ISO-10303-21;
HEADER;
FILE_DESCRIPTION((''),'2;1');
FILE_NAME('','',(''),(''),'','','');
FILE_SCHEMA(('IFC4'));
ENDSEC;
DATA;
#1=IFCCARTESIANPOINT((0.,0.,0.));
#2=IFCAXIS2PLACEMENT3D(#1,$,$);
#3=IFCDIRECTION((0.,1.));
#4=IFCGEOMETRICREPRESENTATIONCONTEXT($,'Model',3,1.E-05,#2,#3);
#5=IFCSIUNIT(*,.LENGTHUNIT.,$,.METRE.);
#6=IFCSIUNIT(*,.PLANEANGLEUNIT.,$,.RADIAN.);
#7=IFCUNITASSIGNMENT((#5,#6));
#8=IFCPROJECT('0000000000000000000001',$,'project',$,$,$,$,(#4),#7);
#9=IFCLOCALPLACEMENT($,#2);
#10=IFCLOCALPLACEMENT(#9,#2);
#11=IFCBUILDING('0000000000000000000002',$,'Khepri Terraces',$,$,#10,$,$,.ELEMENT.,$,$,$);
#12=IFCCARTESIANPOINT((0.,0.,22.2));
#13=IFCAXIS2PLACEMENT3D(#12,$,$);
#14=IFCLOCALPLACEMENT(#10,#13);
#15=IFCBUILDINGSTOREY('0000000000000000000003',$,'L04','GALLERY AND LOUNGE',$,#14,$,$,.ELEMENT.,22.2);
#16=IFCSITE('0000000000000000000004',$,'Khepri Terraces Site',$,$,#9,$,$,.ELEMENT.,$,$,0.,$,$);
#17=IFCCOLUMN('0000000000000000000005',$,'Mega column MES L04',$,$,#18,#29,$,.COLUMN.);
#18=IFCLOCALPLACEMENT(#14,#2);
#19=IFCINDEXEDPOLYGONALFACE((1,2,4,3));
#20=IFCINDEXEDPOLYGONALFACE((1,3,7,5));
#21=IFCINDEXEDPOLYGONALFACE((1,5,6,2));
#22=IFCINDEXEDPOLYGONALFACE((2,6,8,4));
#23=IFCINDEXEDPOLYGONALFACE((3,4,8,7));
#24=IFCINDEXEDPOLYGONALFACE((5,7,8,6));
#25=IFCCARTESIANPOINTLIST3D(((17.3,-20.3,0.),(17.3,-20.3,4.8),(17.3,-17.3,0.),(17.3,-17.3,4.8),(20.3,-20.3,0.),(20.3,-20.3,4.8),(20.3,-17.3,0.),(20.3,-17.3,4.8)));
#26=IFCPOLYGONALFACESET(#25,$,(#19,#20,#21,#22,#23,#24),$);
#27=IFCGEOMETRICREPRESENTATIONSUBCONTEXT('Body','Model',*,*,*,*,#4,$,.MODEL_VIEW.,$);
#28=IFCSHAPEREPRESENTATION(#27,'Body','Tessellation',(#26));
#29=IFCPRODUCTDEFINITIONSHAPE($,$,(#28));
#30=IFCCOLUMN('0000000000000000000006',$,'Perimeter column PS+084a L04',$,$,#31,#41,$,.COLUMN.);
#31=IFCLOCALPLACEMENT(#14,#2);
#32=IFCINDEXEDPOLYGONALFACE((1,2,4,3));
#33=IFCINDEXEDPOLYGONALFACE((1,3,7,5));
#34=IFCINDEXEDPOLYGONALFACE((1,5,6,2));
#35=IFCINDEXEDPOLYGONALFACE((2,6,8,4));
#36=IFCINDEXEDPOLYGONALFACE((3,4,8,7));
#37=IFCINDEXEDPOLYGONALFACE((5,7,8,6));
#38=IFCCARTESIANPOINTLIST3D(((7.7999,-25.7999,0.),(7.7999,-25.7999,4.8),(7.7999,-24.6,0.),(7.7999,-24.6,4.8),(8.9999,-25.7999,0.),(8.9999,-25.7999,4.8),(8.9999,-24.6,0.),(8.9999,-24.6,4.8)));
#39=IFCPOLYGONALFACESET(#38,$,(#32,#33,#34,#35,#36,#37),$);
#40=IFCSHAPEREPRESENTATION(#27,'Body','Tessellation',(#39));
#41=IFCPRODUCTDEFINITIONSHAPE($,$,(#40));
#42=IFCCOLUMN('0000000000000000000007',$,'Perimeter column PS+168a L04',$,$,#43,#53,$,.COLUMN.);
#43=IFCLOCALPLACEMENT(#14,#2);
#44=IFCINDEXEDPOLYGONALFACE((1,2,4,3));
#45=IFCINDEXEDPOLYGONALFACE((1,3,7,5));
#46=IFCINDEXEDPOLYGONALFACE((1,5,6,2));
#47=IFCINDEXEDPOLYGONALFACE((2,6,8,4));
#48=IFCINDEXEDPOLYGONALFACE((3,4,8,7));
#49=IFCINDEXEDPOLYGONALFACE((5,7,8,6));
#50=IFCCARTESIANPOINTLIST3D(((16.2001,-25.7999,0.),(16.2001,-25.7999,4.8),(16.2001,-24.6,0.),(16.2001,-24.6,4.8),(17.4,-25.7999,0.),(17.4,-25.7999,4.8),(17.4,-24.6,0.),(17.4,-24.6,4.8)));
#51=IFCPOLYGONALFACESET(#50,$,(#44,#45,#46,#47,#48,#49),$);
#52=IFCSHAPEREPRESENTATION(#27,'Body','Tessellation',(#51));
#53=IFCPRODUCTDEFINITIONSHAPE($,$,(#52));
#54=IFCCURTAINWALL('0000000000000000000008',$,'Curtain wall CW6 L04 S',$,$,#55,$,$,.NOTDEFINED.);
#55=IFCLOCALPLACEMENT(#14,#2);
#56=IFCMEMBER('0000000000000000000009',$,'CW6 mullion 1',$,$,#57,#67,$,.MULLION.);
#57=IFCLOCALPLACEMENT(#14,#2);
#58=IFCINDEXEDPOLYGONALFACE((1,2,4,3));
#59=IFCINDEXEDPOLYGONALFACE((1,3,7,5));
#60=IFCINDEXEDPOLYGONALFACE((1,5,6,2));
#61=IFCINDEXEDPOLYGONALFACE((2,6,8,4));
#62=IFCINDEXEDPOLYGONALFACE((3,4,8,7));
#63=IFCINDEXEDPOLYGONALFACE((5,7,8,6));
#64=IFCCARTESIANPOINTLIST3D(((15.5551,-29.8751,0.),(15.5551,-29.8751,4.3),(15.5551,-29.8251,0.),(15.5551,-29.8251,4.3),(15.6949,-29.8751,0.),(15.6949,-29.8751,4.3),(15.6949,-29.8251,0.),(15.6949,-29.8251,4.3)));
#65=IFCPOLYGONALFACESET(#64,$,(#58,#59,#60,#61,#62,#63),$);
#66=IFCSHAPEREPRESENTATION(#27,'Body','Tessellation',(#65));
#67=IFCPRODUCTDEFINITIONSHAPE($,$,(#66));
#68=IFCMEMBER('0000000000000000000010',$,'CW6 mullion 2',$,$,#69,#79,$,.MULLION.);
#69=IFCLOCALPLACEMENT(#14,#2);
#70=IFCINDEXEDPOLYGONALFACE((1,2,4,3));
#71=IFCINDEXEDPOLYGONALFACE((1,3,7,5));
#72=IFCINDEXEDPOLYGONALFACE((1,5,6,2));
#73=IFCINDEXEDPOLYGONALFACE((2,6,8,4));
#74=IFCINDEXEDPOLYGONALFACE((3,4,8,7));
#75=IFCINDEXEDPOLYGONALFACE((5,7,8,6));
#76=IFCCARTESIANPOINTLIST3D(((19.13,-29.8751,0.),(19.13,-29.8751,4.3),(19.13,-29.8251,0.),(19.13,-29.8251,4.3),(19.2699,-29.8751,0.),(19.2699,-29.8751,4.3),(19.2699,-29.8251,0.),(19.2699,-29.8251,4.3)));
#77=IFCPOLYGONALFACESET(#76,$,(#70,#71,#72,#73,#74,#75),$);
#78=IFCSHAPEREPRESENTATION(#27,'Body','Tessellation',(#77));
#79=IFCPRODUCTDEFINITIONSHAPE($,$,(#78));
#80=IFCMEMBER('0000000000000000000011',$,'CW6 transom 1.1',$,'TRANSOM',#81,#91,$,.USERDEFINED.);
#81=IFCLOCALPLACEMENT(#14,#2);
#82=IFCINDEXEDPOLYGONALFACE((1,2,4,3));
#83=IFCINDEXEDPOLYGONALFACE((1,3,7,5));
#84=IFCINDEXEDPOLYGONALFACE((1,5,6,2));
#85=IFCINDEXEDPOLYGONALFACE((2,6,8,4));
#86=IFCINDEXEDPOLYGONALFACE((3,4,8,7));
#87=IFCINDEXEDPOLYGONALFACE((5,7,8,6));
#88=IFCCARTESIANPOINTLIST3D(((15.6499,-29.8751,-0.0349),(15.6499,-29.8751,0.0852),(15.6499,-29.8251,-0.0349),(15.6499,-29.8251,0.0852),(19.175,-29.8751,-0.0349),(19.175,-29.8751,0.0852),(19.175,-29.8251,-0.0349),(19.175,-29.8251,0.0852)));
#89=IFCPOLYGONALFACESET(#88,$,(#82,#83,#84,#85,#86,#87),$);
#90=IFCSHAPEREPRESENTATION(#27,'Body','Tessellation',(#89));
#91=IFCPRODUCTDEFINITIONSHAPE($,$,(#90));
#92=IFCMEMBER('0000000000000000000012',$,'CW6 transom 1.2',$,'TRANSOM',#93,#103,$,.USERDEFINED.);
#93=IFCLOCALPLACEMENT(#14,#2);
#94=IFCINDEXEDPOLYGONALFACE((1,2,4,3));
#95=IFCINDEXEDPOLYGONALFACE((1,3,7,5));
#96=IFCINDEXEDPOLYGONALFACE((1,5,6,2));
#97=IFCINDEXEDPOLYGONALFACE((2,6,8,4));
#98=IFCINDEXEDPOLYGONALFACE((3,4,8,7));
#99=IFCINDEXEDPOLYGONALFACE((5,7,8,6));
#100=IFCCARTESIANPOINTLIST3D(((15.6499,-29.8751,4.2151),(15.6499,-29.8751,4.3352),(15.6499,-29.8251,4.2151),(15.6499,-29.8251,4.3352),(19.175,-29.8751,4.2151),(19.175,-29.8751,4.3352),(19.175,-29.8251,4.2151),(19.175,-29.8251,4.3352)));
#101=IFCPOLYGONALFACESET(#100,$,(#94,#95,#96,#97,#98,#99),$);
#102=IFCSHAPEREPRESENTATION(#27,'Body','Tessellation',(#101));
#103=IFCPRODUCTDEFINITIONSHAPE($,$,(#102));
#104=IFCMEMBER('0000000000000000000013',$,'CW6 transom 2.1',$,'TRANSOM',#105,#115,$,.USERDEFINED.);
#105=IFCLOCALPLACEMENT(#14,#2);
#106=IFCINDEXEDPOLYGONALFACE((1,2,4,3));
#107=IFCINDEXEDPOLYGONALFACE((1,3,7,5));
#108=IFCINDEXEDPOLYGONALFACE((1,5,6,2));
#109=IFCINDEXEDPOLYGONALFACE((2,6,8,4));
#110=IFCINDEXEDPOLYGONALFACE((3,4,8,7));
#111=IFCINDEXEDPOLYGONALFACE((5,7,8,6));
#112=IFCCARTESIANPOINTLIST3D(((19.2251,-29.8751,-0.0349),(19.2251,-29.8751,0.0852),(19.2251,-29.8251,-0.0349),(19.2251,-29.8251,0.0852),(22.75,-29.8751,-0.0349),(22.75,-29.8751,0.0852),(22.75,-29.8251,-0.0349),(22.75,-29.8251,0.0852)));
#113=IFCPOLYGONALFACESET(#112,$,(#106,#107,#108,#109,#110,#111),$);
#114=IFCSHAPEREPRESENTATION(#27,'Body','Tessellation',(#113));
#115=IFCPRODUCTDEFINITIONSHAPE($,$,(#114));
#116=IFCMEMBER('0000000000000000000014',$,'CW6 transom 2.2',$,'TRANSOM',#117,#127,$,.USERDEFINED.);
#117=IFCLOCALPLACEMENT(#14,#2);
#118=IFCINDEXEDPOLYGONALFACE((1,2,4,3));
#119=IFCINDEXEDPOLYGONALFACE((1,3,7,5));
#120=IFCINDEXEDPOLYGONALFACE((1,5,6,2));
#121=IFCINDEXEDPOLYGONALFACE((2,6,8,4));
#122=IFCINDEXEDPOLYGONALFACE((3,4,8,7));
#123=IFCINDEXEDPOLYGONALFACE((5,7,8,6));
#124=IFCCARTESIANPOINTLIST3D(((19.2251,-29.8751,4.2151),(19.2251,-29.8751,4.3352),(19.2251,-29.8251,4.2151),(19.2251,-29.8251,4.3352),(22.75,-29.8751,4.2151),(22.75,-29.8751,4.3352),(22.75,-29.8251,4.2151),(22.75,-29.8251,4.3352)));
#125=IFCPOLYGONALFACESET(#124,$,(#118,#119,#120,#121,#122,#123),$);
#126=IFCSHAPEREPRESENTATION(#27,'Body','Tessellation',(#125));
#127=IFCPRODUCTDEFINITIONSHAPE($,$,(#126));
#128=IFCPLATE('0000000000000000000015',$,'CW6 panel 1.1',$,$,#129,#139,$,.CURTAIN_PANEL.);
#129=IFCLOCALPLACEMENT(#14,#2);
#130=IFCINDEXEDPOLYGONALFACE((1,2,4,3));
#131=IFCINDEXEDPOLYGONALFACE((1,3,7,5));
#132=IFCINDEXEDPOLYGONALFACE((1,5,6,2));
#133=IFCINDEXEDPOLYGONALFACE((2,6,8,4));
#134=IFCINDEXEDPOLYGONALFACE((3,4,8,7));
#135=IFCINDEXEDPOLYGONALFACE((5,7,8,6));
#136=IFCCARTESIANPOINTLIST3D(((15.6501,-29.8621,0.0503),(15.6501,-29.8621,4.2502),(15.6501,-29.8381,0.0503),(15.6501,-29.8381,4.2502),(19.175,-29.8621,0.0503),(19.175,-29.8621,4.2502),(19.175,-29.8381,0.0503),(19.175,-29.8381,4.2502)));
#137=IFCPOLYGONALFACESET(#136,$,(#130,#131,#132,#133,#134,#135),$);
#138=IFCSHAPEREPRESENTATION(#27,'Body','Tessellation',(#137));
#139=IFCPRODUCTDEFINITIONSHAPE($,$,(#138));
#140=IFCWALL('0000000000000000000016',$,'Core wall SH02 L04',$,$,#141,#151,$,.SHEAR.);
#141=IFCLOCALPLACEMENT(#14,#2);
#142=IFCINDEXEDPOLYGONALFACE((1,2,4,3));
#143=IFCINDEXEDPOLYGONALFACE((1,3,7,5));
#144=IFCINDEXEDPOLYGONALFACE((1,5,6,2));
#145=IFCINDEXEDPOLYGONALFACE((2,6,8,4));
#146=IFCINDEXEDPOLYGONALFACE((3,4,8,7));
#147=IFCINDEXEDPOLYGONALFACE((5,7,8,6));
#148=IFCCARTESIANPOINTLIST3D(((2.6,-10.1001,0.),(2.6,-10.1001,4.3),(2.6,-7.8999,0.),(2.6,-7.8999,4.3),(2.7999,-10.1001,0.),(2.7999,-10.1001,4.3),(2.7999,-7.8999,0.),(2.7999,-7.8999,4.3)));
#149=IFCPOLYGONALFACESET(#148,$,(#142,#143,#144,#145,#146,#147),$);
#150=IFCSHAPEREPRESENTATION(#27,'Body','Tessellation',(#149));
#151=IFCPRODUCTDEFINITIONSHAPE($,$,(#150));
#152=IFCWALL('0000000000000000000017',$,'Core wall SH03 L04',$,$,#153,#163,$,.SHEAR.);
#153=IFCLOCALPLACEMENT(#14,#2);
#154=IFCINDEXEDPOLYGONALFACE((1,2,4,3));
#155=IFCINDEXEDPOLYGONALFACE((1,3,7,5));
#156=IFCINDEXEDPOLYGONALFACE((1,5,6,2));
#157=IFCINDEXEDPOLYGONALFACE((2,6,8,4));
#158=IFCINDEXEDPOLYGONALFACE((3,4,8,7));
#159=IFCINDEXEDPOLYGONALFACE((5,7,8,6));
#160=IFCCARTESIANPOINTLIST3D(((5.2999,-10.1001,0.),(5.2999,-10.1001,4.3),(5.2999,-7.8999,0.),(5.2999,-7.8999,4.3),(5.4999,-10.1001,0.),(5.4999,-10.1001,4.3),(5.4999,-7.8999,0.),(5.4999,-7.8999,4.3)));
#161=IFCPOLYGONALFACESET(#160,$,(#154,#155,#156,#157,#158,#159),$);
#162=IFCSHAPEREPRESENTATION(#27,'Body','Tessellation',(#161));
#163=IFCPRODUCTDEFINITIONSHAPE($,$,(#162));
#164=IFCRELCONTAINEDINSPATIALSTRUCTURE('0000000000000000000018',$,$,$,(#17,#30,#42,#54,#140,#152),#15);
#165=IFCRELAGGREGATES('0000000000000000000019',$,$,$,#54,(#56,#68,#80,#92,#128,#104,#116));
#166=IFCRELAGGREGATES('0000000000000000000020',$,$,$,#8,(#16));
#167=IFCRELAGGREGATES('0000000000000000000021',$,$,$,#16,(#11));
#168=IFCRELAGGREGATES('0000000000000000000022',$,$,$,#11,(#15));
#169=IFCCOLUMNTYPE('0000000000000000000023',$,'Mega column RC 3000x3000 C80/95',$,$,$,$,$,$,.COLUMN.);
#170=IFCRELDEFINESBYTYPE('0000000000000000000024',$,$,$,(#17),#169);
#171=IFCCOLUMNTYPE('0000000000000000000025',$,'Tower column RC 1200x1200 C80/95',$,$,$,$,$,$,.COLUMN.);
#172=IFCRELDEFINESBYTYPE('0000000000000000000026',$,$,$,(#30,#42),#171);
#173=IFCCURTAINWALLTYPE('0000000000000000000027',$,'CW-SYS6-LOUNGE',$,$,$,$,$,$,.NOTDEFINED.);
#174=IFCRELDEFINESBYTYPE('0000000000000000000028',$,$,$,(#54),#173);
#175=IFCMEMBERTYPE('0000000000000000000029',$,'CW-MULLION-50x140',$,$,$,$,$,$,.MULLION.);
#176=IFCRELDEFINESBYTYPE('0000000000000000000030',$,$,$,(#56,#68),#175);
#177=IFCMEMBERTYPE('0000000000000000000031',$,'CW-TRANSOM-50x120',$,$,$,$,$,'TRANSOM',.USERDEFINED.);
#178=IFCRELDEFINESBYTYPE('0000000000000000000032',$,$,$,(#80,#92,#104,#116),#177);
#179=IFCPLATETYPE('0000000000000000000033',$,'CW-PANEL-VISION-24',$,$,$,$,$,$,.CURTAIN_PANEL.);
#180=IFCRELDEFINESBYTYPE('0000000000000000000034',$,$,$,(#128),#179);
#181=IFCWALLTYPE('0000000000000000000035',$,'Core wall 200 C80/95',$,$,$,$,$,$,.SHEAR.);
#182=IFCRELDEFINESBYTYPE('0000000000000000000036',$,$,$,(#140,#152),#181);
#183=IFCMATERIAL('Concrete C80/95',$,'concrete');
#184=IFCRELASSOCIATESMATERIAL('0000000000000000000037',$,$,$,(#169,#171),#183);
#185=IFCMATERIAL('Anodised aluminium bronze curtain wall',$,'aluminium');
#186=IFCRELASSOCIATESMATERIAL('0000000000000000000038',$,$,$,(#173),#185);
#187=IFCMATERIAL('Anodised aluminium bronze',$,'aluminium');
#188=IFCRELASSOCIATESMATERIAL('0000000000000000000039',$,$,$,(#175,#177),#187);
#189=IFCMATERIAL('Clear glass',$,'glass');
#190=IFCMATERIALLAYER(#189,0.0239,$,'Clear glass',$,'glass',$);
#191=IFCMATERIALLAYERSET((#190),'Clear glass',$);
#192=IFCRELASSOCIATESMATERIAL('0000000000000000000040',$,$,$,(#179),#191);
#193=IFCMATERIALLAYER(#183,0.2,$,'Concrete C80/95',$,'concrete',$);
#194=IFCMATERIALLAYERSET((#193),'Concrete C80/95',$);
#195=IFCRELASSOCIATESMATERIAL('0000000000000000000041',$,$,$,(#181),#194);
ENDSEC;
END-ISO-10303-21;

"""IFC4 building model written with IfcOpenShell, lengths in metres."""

from ifc_helpers import new_model, si_unit, direction, frame, frame_2d, origin, origin_2d, place, context, subcontext, project, spatial, rectangle, extrude, material, layer, layer_set, material_profile, profile_set, type_object, element, aggregate, save


model = new_model("IFC4")

# Units and contexts
model_context = context("Model", 3, precision=1e-05, world=origin(), true_north=direction((0.0, 1.0)))
body_context = subcontext(model_context, "Body", "Model", "MODEL_VIEW")
ifc_project = project(units=[si_unit("LENGTHUNIT", "METRE"), si_unit("PLANEANGLEUNIT", "RADIAN")], contexts=[model_context])

# Site, building, storey
site_placement = place(None, origin())
site = spatial("IfcSite", under=ifc_project, at=site_placement, Name="Khepri Terraces Site", CompositionType="ELEMENT", RefElevation=0.0)
building_placement = place(site_placement, origin())
building = spatial("IfcBuilding", under=site, at=building_placement, Name="Khepri Terraces", CompositionType="ELEMENT")
storey_placement = place(building_placement, frame((0.0, 0.0, 22.2)))
storey = spatial("IfcBuildingStorey", under=building, at=storey_placement, Name="L04", Description="GALLERY AND LOUNGE", CompositionType="ELEMENT", Elevation=22.2)

# Columns
ifc_material_1 = material(Name="Concrete C80/95", Category="concrete")
ifc_material_profile_1 = material_profile(ifc_material_1, rectangle(XDim=3.0, YDim=3.0, at=origin_2d()), Name="Concrete C80/95", Category="concrete")
ifc_profile_set_1 = profile_set([ifc_material_profile_1], Name="Concrete C80/95")
column_type_1 = type_object("IfcColumnType", Name="Mega column RC 3000x3000 C80/95", PredefinedType="COLUMN", material=ifc_profile_set_1)
column_placement = place(storey_placement, frame((18.8, -18.8, 0.0), z_axis=(0.0, 0.0, 1.0), x_axis=(1.0, 0.0, 0.0)))
element("IfcColumn", 1, at=column_placement, inside=storey, type_object=column_type_1, Name="Mega column MES L04", PredefinedType="COLUMN", context=body_context, shape_type="SweptSolid", body=[
    extrude(rectangle(XDim=3.0, YDim=3.0, at=origin_2d()), origin(), (0.0, 0.0, 1.0), 4.8),
])
ifc_material_profile_2 = material_profile(ifc_material_1, rectangle(XDim=1.2, YDim=1.2, at=origin_2d()), Name="Concrete C80/95", Category="concrete")
ifc_profile_set_2 = profile_set([ifc_material_profile_2], Name="Concrete C80/95")
column_type_2 = type_object("IfcColumnType", Name="Tower column RC 1200x1200 C80/95", PredefinedType="COLUMN", material=ifc_profile_set_2)
for number, where, z_axis, x_axis, name in (
    (2, (8.3999, -25.2, 0.0), (0.0, 0.0, 1.0), (1.0, 0.0, 0.0), "Perimeter column PS+084a L04"),
    (3, (16.8, -25.2, 0.0), (0.0, 0.0, 1.0), (1.0, 0.0, 0.0), "Perimeter column PS+168a L04"),
):
    element("IfcColumn", number, at=place(storey_placement, frame(where, z_axis=z_axis, x_axis=x_axis)), inside=storey, type_object=column_type_2, Name=name, PredefinedType="COLUMN", context=body_context, shape_type="SweptSolid", body=[
        extrude(rectangle(XDim=1.2, YDim=1.2, at=origin_2d()), origin(), (0.0, 0.0, 1.0), 4.8),
    ])

# Curtain wall, members, plate
ifc_material_2 = material(Name="Anodised aluminium bronze curtain wall", Category="aluminium")
curtain_wall_type = type_object("IfcCurtainWallType", Name="CW-SYS6-LOUNGE", PredefinedType="NOTDEFINED", material=ifc_material_2)
curtain_wall_placement = place(storey_placement, origin())
curtain_wall = element("IfcCurtainWall", 4, at=curtain_wall_placement, inside=storey, type_object=curtain_wall_type, Name="Curtain wall CW6 L04 S", PredefinedType="NOTDEFINED")
ifc_material_3 = material(Name="Anodised aluminium bronze", Category="aluminium")
ifc_material_profile_3 = material_profile(ifc_material_3, rectangle(XDim=0.05, YDim=0.1399, at=origin_2d()), Name="Anodised aluminium bronze", Category="aluminium")
ifc_profile_set_3 = profile_set([ifc_material_profile_3], Name="Anodised aluminium bronze")
member_type_1 = type_object("IfcMemberType", Name="CW-MULLION-50x140", PredefinedType="MULLION", material=ifc_profile_set_3)
member_1_placement = place(storey_placement, frame((15.625, -29.8501, 0.0), z_axis=(0.0, 0.0, 1.0), x_axis=(0.0, 1.0, 0.0)))
member_1 = element("IfcMember", 5, at=member_1_placement, type_object=member_type_1, Name="CW6 mullion 1", PredefinedType="MULLION", context=body_context, shape_type="SweptSolid", body=[
    extrude(rectangle(XDim=0.05, YDim=0.1399, at=origin_2d()), origin(), (0.0, 0.0, 1.0), 4.3),
])
member_2_placement = place(storey_placement, frame((19.2, -29.8501, 0.0), z_axis=(0.0, 0.0, 1.0), x_axis=(0.0, 1.0, 0.0)))
member_2 = element("IfcMember", 6, at=member_2_placement, type_object=member_type_1, Name="CW6 mullion 2", PredefinedType="MULLION", context=body_context, shape_type="SweptSolid", body=[
    extrude(rectangle(XDim=0.05, YDim=0.1399, at=origin_2d()), origin(), (0.0, 0.0, 1.0), 4.3),
])
ifc_material_profile_4 = material_profile(ifc_material_3, rectangle(XDim=0.05, YDim=0.1201, at=origin_2d()), Name="Anodised aluminium bronze", Category="aluminium")
ifc_profile_set_4 = profile_set([ifc_material_profile_4], Name="Anodised aluminium bronze")
member_type_2 = type_object("IfcMemberType", Name="CW-TRANSOM-50x120", ElementType="TRANSOM", PredefinedType="USERDEFINED", material=ifc_profile_set_4)
member_3_placement = place(storey_placement, frame((15.6499, -29.8501, 0.0251), z_axis=(1.0, 0.0, 0.0), x_axis=(0.0, 1.0, 0.0)))
member_3 = element("IfcMember", 7, at=member_3_placement, type_object=member_type_2, Name="CW6 transom 1.1", ObjectType="TRANSOM", PredefinedType="USERDEFINED", context=body_context, shape_type="SweptSolid", body=[
    extrude(rectangle(XDim=0.05, YDim=0.1201, at=origin_2d()), origin(), (0.0, 0.0, 1.0), 3.5251),
])
member_4_placement = place(storey_placement, frame((15.6499, -29.8501, 4.2751), z_axis=(1.0, 0.0, 0.0), x_axis=(0.0, 1.0, 0.0)))
member_4 = element("IfcMember", 8, at=member_4_placement, type_object=member_type_2, Name="CW6 transom 1.2", ObjectType="TRANSOM", PredefinedType="USERDEFINED", context=body_context, shape_type="SweptSolid", body=[
    extrude(rectangle(XDim=0.05, YDim=0.1201, at=origin_2d()), origin(), (0.0, 0.0, 1.0), 3.5251),
])
member_5_placement = place(storey_placement, frame((19.2251, -29.8501, 0.0251), z_axis=(1.0, 0.0, 0.0), x_axis=(0.0, 1.0, 0.0)))
member_5 = element("IfcMember", 9, at=member_5_placement, type_object=member_type_2, Name="CW6 transom 2.1", ObjectType="TRANSOM", PredefinedType="USERDEFINED", context=body_context, shape_type="SweptSolid", body=[
    extrude(rectangle(XDim=0.05, YDim=0.1201, at=origin_2d()), origin(), (0.0, 0.0, 1.0), 3.5249),
])
member_6_placement = place(storey_placement, frame((19.2251, -29.8501, 4.2751), z_axis=(1.0, 0.0, 0.0), x_axis=(0.0, 1.0, 0.0)))
member_6 = element("IfcMember", 10, at=member_6_placement, type_object=member_type_2, Name="CW6 transom 2.2", ObjectType="TRANSOM", PredefinedType="USERDEFINED", context=body_context, shape_type="SweptSolid", body=[
    extrude(rectangle(XDim=0.05, YDim=0.1201, at=origin_2d()), origin(), (0.0, 0.0, 1.0), 3.5249),
])
ifc_material_4 = material(Name="Clear glass", Category="glass")
ifc_layer_1 = layer(ifc_material_4, 0.0239, Name="Clear glass", Category="glass")
ifc_layer_set_1 = layer_set([ifc_layer_1], Name="Clear glass")
plate_type = type_object("IfcPlateType", Name="CW-PANEL-VISION-24", PredefinedType="CURTAIN_PANEL", material=ifc_layer_set_1)
plate_placement = place(storey_placement, frame((17.4126, -29.8501, 0.0503), z_axis=(0.0, 0.0, 1.0), x_axis=(1.0, 0.0, 0.0)))
plate = element("IfcPlate", 11, at=plate_placement, type_object=plate_type, Name="CW6 panel 1.1", PredefinedType="CURTAIN_PANEL", context=body_context, shape_type="SweptSolid", body=[
    extrude(rectangle(XDim=3.5249, YDim=0.0239, at=origin_2d()), origin(), (0.0, 0.0, 1.0), 4.2),
])
aggregate(curtain_wall, [member_1, member_2, member_3, member_4, plate, member_5, member_6])

# Walls
ifc_layer_2 = layer(ifc_material_1, 0.2, Name="Concrete C80/95", Category="concrete")
ifc_layer_set_2 = layer_set([ifc_layer_2], Name="Concrete C80/95")
wall_type_1 = type_object("IfcWallType", Name="Core wall 200 C80/95", PredefinedType="SHEAR", material=ifc_layer_set_2)
for number, where, z_axis, x_axis, name in (
    (12, (2.7, -10.1001, 0.0), (0.0, 0.0, 1.0), (0.0, 1.0, 0.0), "Core wall SH02 L04"),
    (13, (5.3999, -10.1001, 0.0), (0.0, 0.0, 1.0), (0.0, 1.0, 0.0), "Core wall SH03 L04"),
):
    element("IfcWall", number, at=place(storey_placement, frame(where, z_axis=z_axis, x_axis=x_axis)), inside=storey, type_object=wall_type_1, Name=name, PredefinedType="SHEAR", context=body_context, shape_type="SweptSolid", body=[
        extrude(rectangle(XDim=2.2002, YDim=0.2, at=frame_2d((1.1001, 0.0))), origin(), (0.0, 0.0, 1.0), 4.3),
    ])

save(model, "model.ifc")
